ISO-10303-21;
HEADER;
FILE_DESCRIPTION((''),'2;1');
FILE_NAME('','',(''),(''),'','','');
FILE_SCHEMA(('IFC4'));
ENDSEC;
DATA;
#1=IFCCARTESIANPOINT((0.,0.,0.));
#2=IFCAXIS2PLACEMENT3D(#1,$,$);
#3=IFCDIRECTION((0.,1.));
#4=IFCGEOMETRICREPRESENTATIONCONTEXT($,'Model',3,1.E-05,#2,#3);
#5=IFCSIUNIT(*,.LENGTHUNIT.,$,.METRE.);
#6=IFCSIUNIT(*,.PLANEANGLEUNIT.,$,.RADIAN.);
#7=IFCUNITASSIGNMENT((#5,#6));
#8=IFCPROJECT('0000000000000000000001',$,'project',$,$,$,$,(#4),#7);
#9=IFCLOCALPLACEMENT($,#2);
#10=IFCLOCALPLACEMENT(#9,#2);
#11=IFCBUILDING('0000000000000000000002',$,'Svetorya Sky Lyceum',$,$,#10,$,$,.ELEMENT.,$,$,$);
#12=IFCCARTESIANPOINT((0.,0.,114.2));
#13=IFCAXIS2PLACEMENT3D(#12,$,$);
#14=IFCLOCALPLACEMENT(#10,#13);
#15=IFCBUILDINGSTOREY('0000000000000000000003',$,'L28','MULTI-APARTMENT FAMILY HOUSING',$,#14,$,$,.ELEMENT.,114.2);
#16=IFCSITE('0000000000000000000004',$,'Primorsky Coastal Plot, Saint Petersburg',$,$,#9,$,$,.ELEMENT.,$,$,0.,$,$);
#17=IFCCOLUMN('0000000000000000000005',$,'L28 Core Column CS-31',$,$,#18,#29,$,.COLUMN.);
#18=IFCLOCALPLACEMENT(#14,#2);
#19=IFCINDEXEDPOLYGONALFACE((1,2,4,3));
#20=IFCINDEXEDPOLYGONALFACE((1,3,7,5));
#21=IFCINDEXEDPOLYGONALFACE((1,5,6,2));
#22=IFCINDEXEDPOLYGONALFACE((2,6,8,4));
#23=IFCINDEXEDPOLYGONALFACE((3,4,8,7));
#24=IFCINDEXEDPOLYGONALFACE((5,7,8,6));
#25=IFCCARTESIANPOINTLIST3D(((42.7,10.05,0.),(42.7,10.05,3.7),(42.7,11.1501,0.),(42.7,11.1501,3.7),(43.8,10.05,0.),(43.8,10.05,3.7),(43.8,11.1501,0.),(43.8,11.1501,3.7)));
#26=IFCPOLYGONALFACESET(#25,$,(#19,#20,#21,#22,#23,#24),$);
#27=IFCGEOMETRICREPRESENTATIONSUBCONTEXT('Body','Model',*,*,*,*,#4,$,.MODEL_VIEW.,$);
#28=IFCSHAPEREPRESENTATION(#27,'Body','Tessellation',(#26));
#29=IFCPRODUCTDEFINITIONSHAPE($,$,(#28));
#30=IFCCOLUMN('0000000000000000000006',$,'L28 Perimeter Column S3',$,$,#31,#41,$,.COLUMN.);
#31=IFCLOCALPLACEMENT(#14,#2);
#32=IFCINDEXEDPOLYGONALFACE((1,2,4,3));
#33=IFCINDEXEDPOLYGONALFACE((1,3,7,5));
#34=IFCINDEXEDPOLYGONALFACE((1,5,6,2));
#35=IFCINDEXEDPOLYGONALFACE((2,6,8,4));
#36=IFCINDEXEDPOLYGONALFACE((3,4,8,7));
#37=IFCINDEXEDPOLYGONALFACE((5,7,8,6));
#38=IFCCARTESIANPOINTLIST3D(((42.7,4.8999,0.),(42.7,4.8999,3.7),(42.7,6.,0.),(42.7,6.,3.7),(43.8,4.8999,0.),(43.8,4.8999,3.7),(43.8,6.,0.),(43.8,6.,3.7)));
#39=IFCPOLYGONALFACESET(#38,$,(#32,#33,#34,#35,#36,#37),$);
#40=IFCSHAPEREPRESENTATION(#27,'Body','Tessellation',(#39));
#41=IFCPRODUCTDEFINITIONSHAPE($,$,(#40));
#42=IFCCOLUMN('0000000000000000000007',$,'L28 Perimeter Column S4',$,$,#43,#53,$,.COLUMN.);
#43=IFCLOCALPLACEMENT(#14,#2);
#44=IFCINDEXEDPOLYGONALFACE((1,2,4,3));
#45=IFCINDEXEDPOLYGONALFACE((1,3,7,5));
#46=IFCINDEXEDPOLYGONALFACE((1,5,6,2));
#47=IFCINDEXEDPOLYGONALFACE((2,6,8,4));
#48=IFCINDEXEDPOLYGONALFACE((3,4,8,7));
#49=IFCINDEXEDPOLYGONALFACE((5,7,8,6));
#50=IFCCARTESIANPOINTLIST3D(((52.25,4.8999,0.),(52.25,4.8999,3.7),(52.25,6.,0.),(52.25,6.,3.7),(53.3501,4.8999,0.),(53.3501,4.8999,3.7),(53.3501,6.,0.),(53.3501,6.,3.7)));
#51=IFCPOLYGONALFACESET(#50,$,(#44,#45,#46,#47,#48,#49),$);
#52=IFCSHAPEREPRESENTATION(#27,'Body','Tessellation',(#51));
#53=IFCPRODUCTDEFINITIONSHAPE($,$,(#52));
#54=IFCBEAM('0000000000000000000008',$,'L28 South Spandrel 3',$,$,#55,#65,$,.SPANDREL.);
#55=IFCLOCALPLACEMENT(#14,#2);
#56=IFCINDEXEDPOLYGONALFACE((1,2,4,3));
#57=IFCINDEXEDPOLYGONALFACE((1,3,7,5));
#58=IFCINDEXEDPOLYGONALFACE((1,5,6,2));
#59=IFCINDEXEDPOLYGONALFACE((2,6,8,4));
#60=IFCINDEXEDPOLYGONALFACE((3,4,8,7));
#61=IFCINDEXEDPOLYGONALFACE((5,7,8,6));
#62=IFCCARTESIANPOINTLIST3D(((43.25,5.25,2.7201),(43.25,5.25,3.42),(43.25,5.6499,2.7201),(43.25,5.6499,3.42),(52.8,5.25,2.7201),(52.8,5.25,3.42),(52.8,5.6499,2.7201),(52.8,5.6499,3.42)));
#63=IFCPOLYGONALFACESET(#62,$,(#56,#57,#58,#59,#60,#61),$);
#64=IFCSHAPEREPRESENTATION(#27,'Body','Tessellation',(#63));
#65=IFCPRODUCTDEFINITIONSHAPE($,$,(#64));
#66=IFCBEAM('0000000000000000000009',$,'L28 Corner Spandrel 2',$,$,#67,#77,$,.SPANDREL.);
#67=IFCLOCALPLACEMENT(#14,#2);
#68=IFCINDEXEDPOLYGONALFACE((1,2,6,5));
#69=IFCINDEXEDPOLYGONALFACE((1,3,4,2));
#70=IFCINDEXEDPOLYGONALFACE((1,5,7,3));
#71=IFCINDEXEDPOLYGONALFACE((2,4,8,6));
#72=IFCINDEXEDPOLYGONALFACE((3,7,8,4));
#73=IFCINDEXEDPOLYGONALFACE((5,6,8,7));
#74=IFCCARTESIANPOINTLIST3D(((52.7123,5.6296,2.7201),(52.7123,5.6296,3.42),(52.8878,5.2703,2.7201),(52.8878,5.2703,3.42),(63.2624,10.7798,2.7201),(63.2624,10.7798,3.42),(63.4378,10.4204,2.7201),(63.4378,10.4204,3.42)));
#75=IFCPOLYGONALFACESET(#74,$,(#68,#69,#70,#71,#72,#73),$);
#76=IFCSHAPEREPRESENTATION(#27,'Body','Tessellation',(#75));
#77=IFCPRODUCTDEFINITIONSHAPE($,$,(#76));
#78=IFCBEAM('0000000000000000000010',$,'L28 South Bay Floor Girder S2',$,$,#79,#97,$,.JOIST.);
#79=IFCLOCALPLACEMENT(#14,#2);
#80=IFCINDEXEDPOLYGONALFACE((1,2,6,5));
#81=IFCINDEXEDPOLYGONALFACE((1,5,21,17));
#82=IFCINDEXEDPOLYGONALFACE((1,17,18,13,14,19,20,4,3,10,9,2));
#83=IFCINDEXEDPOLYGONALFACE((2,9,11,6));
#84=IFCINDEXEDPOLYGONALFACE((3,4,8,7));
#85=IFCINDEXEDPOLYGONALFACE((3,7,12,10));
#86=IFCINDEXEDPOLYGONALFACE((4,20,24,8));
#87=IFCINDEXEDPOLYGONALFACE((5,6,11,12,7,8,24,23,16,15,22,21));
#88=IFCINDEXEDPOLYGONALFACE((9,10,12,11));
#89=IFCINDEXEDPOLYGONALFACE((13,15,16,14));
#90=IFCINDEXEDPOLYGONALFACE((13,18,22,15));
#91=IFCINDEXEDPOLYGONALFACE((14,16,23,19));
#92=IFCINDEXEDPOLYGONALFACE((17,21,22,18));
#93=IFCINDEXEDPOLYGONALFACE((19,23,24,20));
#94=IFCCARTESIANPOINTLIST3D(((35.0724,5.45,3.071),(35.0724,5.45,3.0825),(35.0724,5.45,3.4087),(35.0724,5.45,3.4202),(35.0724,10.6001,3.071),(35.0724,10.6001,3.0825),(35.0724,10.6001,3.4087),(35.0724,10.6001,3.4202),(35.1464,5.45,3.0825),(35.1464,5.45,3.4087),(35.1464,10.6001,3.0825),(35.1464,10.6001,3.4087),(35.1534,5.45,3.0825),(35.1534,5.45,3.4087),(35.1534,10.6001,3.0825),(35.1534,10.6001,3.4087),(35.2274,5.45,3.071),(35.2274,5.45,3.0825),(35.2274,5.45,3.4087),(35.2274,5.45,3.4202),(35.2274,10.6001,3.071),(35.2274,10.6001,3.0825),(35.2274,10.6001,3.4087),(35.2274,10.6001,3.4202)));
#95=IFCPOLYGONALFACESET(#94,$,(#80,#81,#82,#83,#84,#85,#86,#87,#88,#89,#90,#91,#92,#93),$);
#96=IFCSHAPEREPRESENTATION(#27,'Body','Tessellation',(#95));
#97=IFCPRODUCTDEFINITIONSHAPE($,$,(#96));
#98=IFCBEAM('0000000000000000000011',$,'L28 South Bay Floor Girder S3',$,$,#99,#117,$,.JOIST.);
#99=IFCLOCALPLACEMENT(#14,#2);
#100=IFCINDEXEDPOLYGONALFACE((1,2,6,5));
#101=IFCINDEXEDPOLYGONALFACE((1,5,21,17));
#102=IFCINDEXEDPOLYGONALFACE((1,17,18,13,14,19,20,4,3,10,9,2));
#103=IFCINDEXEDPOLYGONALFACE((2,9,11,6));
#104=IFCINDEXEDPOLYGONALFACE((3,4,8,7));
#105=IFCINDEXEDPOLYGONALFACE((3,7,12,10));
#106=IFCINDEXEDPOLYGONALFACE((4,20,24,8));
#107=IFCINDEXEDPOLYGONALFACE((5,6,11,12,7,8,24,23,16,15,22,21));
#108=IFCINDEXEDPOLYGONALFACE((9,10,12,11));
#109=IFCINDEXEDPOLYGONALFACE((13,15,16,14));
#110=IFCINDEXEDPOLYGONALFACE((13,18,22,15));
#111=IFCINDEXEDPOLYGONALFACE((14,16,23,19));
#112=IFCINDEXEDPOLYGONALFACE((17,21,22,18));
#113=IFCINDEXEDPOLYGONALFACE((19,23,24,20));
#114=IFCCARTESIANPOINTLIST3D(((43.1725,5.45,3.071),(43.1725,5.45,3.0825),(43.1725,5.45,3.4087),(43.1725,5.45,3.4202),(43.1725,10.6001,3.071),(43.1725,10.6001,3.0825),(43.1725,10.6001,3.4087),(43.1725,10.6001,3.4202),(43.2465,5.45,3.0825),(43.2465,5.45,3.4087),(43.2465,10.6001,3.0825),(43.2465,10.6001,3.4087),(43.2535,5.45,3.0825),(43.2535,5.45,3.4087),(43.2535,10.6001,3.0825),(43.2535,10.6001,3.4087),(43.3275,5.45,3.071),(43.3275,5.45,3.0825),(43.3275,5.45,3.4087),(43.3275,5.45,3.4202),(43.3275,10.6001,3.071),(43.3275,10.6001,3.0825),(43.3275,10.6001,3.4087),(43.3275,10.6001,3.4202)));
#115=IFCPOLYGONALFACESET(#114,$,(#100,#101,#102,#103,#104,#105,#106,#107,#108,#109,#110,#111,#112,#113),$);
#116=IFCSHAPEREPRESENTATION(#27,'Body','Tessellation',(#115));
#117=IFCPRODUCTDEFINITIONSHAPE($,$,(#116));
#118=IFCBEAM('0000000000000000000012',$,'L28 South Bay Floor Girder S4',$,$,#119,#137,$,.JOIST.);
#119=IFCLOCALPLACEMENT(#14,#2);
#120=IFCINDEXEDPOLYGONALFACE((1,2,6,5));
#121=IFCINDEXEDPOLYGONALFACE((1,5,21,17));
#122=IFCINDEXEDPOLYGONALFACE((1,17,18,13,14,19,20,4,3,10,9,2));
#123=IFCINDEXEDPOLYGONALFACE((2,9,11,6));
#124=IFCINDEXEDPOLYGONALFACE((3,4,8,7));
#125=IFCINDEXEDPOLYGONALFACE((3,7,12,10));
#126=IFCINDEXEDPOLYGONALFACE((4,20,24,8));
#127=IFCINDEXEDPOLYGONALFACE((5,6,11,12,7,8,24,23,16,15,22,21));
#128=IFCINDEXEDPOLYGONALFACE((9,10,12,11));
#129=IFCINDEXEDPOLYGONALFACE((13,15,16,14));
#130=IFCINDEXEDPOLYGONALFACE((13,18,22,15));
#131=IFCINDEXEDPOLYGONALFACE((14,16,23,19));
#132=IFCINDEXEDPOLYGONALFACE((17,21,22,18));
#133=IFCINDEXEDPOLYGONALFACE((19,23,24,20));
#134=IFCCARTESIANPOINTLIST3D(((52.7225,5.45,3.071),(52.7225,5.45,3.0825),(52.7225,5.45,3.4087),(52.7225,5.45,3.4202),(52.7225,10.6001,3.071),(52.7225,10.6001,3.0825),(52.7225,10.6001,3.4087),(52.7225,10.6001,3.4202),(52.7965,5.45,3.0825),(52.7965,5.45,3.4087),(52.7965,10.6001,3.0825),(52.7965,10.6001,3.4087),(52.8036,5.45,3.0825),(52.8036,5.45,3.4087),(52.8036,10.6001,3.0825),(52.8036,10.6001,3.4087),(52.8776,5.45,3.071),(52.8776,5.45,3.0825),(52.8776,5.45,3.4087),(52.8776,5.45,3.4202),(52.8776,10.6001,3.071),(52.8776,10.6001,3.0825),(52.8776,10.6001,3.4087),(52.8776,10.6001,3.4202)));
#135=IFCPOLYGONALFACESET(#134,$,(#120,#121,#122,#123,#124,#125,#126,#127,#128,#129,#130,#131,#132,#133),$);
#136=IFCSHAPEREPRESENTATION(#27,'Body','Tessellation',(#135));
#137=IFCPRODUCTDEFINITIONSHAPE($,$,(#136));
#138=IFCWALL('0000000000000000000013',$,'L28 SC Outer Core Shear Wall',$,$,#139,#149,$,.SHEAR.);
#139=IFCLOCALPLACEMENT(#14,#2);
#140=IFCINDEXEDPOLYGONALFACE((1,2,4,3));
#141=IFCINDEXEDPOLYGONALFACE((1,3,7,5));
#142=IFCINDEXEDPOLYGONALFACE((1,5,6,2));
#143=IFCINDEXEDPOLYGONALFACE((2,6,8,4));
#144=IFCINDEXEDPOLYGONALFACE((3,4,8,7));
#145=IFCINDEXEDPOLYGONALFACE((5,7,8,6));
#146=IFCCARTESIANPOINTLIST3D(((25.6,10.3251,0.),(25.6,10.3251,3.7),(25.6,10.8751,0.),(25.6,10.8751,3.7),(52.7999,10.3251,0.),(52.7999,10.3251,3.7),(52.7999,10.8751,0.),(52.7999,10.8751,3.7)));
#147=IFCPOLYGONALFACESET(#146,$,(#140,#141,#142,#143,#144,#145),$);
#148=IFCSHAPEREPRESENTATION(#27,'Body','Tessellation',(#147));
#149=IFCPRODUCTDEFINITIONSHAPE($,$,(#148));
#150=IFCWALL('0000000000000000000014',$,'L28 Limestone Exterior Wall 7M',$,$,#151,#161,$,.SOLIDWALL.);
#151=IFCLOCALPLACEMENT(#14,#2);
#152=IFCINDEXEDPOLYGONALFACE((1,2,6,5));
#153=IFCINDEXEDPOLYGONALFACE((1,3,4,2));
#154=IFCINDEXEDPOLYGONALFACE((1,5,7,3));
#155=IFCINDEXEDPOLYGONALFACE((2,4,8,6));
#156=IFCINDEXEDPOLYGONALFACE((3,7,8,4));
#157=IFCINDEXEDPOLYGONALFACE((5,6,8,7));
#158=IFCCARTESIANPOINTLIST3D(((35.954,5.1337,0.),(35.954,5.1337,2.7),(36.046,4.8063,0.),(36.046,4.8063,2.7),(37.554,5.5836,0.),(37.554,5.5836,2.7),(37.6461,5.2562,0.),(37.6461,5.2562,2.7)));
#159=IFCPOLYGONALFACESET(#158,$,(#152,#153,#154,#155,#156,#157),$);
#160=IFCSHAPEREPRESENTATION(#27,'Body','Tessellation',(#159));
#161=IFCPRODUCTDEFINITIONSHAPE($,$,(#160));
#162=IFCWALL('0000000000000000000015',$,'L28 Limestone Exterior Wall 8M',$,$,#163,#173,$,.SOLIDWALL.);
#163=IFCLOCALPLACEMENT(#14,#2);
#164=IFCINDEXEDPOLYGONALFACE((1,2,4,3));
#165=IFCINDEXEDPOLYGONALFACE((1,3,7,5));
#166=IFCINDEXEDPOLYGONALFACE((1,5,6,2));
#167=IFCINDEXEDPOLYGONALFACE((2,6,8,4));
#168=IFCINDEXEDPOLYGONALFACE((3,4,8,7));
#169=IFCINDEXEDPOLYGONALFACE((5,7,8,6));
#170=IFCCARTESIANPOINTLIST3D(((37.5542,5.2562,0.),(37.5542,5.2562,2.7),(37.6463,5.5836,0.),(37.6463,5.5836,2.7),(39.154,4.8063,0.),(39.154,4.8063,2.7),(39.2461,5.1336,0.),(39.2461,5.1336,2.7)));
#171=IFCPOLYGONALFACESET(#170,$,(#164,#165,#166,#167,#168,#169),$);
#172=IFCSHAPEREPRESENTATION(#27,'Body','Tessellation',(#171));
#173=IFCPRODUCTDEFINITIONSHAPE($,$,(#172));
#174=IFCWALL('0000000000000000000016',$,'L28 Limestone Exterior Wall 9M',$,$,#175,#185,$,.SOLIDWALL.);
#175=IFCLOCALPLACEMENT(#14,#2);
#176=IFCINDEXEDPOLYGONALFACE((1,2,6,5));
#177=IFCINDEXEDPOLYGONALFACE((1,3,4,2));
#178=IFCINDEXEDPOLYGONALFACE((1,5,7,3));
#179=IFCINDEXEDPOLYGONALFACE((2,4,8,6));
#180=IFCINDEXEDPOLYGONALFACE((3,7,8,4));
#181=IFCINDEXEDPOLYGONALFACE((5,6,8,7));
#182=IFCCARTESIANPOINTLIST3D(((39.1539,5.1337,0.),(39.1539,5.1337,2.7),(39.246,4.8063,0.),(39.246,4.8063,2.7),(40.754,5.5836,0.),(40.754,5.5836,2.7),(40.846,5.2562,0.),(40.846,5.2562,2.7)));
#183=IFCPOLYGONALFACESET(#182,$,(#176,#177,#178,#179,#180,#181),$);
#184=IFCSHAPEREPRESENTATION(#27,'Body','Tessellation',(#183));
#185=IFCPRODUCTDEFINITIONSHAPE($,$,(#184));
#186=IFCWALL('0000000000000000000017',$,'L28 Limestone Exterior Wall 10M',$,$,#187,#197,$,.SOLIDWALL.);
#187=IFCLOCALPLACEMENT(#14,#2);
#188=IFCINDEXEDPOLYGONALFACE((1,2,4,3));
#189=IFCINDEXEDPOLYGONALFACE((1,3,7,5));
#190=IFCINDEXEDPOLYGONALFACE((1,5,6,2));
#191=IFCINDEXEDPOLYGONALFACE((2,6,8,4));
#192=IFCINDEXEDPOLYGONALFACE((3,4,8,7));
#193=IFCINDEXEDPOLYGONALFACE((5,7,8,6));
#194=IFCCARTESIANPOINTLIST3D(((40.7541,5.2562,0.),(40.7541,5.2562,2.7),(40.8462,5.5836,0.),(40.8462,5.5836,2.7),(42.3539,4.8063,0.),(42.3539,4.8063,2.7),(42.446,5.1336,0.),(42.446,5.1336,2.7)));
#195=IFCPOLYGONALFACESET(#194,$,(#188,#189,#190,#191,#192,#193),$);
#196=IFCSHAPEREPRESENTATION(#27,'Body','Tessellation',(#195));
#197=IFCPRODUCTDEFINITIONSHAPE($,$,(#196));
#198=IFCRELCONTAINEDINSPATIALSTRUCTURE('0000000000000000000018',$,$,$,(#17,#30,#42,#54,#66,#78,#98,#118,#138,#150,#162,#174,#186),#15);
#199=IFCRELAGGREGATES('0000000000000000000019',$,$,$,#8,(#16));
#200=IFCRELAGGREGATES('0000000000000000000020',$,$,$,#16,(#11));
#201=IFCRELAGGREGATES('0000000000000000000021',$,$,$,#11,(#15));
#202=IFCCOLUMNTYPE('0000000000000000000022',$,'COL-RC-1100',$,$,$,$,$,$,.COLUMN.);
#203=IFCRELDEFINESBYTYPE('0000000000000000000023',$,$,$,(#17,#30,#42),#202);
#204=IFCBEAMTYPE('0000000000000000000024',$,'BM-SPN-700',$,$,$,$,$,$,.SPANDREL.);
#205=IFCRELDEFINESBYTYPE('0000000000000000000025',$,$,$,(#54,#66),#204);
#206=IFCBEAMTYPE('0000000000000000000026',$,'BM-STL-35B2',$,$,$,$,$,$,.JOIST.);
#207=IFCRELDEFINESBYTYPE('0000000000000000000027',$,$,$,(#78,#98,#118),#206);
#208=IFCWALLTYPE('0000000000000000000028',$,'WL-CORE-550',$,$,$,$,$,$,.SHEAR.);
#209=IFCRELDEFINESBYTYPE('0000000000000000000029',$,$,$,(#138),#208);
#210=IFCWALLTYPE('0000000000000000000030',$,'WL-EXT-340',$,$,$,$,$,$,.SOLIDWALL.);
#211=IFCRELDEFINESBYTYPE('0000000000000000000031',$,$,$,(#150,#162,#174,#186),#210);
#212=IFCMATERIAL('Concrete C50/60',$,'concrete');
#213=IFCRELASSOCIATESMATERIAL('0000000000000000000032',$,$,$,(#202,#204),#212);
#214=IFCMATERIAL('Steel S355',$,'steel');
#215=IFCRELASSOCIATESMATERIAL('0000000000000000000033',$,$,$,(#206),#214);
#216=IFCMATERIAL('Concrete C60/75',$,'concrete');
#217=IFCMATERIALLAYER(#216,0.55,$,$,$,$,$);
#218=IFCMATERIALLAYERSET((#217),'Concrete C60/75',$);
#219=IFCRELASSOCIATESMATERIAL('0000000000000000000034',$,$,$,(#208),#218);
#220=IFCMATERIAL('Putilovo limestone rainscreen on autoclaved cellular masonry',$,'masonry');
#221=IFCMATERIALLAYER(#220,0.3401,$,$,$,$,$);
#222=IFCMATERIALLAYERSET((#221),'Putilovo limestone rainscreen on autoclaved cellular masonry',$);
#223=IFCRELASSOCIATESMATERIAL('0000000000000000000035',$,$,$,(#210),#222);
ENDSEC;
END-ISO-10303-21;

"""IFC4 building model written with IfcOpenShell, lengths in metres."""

from ifc_helpers import new_model, si_unit, direction, frame, frame_2d, origin, origin_2d, place, context, subcontext, project, spatial, rectangle, i_section, extrude, material, layer, layer_set, material_profile, profile_set, type_object, element, save


model = new_model("IFC4")

# Units and contexts
model_context = context("Model", 3, precision=1e-05, world=origin(), true_north=direction((0.0, 1.0)))
body_context = subcontext(model_context, "Body", "Model", "MODEL_VIEW")
ifc_project = project(units=[si_unit("LENGTHUNIT", "METRE"), si_unit("PLANEANGLEUNIT", "RADIAN")], contexts=[model_context])

# Site, building, storey
site_placement = place(None, origin())
site = spatial("IfcSite", under=ifc_project, at=site_placement, Name="Primorsky Coastal Plot, Saint Petersburg", CompositionType="ELEMENT", RefElevation=0.0)
building_placement = place(site_placement, origin())
building = spatial("IfcBuilding", under=site, at=building_placement, Name="Svetorya Sky Lyceum", CompositionType="ELEMENT")
storey_placement = place(building_placement, frame((0.0, 0.0, 114.2)))
storey = spatial("IfcBuildingStorey", under=building, at=storey_placement, Name="L28", Description="MULTI-APARTMENT FAMILY HOUSING", CompositionType="ELEMENT", Elevation=114.2)

# Columns
ifc_material_1 = material(Name="Concrete C50/60", Category="concrete")
ifc_material_profile_1 = material_profile(ifc_material_1, rectangle(XDim=1.1001, YDim=1.1001, at=origin_2d()), Name="RC COL 1100x1100")
ifc_profile_set_1 = profile_set([ifc_material_profile_1], Name="Concrete C50/60")
column_type = type_object("IfcColumnType", Name="COL-RC-1100", PredefinedType="COLUMN", material=ifc_profile_set_1)
for number, where, z_axis, x_axis, name in (
    (1, (43.25, 10.6001, 0.0), (0.0, 0.0, 1.0), (1.0, 0.0, 0.0), "L28 Core Column CS-31"),
    (2, (43.25, 5.45, 0.0), (0.0, 0.0, 1.0), (1.0, 0.0, 0.0), "L28 Perimeter Column S3"),
    (3, (52.8, 5.45, 0.0), (0.0, 0.0, 1.0), (1.0, 0.0, 0.0), "L28 Perimeter Column S4"),
):
    element("IfcColumn", number, at=place(storey_placement, frame(where, z_axis=z_axis, x_axis=x_axis)), inside=storey, type_object=column_type, Name=name, PredefinedType="COLUMN", context=body_context, shape_type="SweptSolid", body=[
        extrude(rectangle(XDim=1.1001, YDim=1.1001, at=origin_2d()), origin(), (0.0, 0.0, 1.0), 3.7),
    ])

# Beams
ifc_material_profile_2 = material_profile(ifc_material_1, rectangle(XDim=0.3999, YDim=0.7, at=origin_2d()), Name="RC SPANDREL 400x700")
ifc_profile_set_2 = profile_set([ifc_material_profile_2], Name="Concrete C50/60")
beam_type_1 = type_object("IfcBeamType", Name="BM-SPN-700", PredefinedType="SPANDREL", material=ifc_profile_set_2)
beam_1_placement = place(storey_placement, frame((43.25, 5.45, 3.0701), z_axis=(1.0, 0.0, 0.0), x_axis=(0.0, 1.0, 0.0)))
element("IfcBeam", 4, at=beam_1_placement, inside=storey, type_object=beam_type_1, Name="L28 South Spandrel 3", PredefinedType="SPANDREL", context=body_context, shape_type="SweptSolid", body=[
    extrude(rectangle(XDim=0.3999, YDim=0.7, at=origin_2d()), origin(), (0.0, 0.0, 1.0), 9.55),
])
beam_2_placement = place(storey_placement, frame((52.8, 5.45, 3.0701), z_axis=(0.898641, 0.438684, 0.0), x_axis=(-0.438684, 0.898641, 0.0)))
element("IfcBeam", 5, at=beam_2_placement, inside=storey, type_object=beam_type_1, Name="L28 Corner Spandrel 2", PredefinedType="SPANDREL", context=body_context, shape_type="SweptSolid", body=[
    extrude(rectangle(XDim=0.3999, YDim=0.7, at=origin_2d()), origin(), (0.0, 0.0, 1.0), 11.74),
])
ifc_material_2 = material(Name="Steel S355", Category="steel")
ifc_material_profile_3 = material_profile(ifc_material_2, i_section(OverallWidth=0.155, OverallDepth=0.3491, WebThickness=0.0071, FlangeThickness=0.0115, at=origin_2d()), Name="GOST 35B2")
ifc_profile_set_3 = profile_set([ifc_material_profile_3], Name="Steel S355")
beam_type_2 = type_object("IfcBeamType", Name="BM-STL-35B2", PredefinedType="JOIST", material=ifc_profile_set_3)
for number, where, z_axis, x_axis, name in (
    (6, (35.1499, 5.45, 3.2456), (0.0, 1.0, 0.0), (-1.0, 0.0, 0.0), "L28 South Bay Floor Girder S2"),
    (7, (43.25, 5.45, 3.2456), (0.0, 1.0, 0.0), (-1.0, 0.0, 0.0), "L28 South Bay Floor Girder S3"),
    (8, (52.8, 5.45, 3.2456), (0.0, 1.0, 0.0), (-1.0, 0.0, 0.0), "L28 South Bay Floor Girder S4"),
):
    element("IfcBeam", number, at=place(storey_placement, frame(where, z_axis=z_axis, x_axis=x_axis)), inside=storey, type_object=beam_type_2, Name=name, PredefinedType="JOIST", context=body_context, shape_type="SweptSolid", body=[
        extrude(i_section(OverallWidth=0.155, OverallDepth=0.3491, WebThickness=0.0071, FlangeThickness=0.0115, at=origin_2d()), origin(), (0.0, 0.0, 1.0), 5.1501),
    ])

# Walls
ifc_material_3 = material(Name="Concrete C60/75", Category="concrete")
ifc_layer_1 = layer(ifc_material_3, 0.55)
ifc_layer_set_1 = layer_set([ifc_layer_1], Name="Concrete C60/75")
wall_type_1 = type_object("IfcWallType", Name="WL-CORE-550", PredefinedType="SHEAR", material=ifc_layer_set_1)
wall_1_placement = place(storey_placement, frame((52.8, 10.6001, 0.0), z_axis=(0.0, 0.0, 1.0), x_axis=(-1.0, 0.0, 0.0)))
element("IfcWall", 9, at=wall_1_placement, inside=storey, type_object=wall_type_1, Name="L28 SC Outer Core Shear Wall", PredefinedType="SHEAR", context=body_context, shape_type="SweptSolid", body=[
    extrude(rectangle(XDim=27.2, YDim=0.55, at=frame_2d((13.6001, 0.0))), origin(), (0.0, 0.0, 1.0), 3.7),
])
ifc_material_4 = material(Name="Putilovo limestone rainscreen on autoclaved cellular masonry", Category="masonry")
ifc_layer_2 = layer(ifc_material_4, 0.3401)
ifc_layer_set_2 = layer_set([ifc_layer_2], Name="Putilovo limestone rainscreen on autoclaved cellular masonry")
wall_type_2 = type_object("IfcWallType", Name="WL-EXT-340", PredefinedType="SOLIDWALL", material=ifc_layer_set_2)
wall_2_placement = place(storey_placement, frame((36.0, 4.97, 0.0), z_axis=(0.0, 0.0, 1.0), x_axis=(0.962663, 0.270703, 0.0)))
element("IfcWall", 10, at=wall_2_placement, inside=storey, type_object=wall_type_2, Name="L28 Limestone Exterior Wall 7M", PredefinedType="SOLIDWALL", context=body_context, shape_type="SweptSolid", body=[
    extrude(rectangle(XDim=1.6621, YDim=0.3401, at=frame_2d((0.8311, 0.0))), origin(), (0.0, 0.0, 1.0), 2.7),
])
wall_3_placement = place(storey_placement, frame((37.6001, 5.4199, 0.0), z_axis=(0.0, 0.0, 1.0), x_axis=(0.962652, -0.270741, 0.0)))
element("IfcWall", 11, at=wall_3_placement, inside=storey, type_object=wall_type_2, Name="L28 Limestone Exterior Wall 8M", PredefinedType="SOLIDWALL", context=body_context, shape_type="SweptSolid", body=[
    extrude(rectangle(XDim=1.6619, YDim=0.3401, at=frame_2d((0.8311, 0.0))), origin(), (0.0, 0.0, 1.0), 2.7),
])
wall_4_placement = place(storey_placement, frame((39.2, 4.97, 0.0), z_axis=(0.0, 0.0, 1.0), x_axis=(0.962663, 0.270703, 0.0)))
element("IfcWall", 12, at=wall_4_placement, inside=storey, type_object=wall_type_2, Name="L28 Limestone Exterior Wall 9M", PredefinedType="SOLIDWALL", context=body_context, shape_type="SweptSolid", body=[
    extrude(rectangle(XDim=1.6621, YDim=0.3401, at=frame_2d((0.8311, 0.0))), origin(), (0.0, 0.0, 1.0), 2.7),
])
wall_5_placement = place(storey_placement, frame((40.8, 5.4199, 0.0), z_axis=(0.0, 0.0, 1.0), x_axis=(0.962652, -0.270741, 0.0)))
element("IfcWall", 13, at=wall_5_placement, inside=storey, type_object=wall_type_2, Name="L28 Limestone Exterior Wall 10M", PredefinedType="SOLIDWALL", context=body_context, shape_type="SweptSolid", body=[
    extrude(rectangle(XDim=1.6619, YDim=0.3401, at=frame_2d((0.8311, 0.0))), origin(), (0.0, 0.0, 1.0), 2.7),
])

save(model, "model.ifc")
